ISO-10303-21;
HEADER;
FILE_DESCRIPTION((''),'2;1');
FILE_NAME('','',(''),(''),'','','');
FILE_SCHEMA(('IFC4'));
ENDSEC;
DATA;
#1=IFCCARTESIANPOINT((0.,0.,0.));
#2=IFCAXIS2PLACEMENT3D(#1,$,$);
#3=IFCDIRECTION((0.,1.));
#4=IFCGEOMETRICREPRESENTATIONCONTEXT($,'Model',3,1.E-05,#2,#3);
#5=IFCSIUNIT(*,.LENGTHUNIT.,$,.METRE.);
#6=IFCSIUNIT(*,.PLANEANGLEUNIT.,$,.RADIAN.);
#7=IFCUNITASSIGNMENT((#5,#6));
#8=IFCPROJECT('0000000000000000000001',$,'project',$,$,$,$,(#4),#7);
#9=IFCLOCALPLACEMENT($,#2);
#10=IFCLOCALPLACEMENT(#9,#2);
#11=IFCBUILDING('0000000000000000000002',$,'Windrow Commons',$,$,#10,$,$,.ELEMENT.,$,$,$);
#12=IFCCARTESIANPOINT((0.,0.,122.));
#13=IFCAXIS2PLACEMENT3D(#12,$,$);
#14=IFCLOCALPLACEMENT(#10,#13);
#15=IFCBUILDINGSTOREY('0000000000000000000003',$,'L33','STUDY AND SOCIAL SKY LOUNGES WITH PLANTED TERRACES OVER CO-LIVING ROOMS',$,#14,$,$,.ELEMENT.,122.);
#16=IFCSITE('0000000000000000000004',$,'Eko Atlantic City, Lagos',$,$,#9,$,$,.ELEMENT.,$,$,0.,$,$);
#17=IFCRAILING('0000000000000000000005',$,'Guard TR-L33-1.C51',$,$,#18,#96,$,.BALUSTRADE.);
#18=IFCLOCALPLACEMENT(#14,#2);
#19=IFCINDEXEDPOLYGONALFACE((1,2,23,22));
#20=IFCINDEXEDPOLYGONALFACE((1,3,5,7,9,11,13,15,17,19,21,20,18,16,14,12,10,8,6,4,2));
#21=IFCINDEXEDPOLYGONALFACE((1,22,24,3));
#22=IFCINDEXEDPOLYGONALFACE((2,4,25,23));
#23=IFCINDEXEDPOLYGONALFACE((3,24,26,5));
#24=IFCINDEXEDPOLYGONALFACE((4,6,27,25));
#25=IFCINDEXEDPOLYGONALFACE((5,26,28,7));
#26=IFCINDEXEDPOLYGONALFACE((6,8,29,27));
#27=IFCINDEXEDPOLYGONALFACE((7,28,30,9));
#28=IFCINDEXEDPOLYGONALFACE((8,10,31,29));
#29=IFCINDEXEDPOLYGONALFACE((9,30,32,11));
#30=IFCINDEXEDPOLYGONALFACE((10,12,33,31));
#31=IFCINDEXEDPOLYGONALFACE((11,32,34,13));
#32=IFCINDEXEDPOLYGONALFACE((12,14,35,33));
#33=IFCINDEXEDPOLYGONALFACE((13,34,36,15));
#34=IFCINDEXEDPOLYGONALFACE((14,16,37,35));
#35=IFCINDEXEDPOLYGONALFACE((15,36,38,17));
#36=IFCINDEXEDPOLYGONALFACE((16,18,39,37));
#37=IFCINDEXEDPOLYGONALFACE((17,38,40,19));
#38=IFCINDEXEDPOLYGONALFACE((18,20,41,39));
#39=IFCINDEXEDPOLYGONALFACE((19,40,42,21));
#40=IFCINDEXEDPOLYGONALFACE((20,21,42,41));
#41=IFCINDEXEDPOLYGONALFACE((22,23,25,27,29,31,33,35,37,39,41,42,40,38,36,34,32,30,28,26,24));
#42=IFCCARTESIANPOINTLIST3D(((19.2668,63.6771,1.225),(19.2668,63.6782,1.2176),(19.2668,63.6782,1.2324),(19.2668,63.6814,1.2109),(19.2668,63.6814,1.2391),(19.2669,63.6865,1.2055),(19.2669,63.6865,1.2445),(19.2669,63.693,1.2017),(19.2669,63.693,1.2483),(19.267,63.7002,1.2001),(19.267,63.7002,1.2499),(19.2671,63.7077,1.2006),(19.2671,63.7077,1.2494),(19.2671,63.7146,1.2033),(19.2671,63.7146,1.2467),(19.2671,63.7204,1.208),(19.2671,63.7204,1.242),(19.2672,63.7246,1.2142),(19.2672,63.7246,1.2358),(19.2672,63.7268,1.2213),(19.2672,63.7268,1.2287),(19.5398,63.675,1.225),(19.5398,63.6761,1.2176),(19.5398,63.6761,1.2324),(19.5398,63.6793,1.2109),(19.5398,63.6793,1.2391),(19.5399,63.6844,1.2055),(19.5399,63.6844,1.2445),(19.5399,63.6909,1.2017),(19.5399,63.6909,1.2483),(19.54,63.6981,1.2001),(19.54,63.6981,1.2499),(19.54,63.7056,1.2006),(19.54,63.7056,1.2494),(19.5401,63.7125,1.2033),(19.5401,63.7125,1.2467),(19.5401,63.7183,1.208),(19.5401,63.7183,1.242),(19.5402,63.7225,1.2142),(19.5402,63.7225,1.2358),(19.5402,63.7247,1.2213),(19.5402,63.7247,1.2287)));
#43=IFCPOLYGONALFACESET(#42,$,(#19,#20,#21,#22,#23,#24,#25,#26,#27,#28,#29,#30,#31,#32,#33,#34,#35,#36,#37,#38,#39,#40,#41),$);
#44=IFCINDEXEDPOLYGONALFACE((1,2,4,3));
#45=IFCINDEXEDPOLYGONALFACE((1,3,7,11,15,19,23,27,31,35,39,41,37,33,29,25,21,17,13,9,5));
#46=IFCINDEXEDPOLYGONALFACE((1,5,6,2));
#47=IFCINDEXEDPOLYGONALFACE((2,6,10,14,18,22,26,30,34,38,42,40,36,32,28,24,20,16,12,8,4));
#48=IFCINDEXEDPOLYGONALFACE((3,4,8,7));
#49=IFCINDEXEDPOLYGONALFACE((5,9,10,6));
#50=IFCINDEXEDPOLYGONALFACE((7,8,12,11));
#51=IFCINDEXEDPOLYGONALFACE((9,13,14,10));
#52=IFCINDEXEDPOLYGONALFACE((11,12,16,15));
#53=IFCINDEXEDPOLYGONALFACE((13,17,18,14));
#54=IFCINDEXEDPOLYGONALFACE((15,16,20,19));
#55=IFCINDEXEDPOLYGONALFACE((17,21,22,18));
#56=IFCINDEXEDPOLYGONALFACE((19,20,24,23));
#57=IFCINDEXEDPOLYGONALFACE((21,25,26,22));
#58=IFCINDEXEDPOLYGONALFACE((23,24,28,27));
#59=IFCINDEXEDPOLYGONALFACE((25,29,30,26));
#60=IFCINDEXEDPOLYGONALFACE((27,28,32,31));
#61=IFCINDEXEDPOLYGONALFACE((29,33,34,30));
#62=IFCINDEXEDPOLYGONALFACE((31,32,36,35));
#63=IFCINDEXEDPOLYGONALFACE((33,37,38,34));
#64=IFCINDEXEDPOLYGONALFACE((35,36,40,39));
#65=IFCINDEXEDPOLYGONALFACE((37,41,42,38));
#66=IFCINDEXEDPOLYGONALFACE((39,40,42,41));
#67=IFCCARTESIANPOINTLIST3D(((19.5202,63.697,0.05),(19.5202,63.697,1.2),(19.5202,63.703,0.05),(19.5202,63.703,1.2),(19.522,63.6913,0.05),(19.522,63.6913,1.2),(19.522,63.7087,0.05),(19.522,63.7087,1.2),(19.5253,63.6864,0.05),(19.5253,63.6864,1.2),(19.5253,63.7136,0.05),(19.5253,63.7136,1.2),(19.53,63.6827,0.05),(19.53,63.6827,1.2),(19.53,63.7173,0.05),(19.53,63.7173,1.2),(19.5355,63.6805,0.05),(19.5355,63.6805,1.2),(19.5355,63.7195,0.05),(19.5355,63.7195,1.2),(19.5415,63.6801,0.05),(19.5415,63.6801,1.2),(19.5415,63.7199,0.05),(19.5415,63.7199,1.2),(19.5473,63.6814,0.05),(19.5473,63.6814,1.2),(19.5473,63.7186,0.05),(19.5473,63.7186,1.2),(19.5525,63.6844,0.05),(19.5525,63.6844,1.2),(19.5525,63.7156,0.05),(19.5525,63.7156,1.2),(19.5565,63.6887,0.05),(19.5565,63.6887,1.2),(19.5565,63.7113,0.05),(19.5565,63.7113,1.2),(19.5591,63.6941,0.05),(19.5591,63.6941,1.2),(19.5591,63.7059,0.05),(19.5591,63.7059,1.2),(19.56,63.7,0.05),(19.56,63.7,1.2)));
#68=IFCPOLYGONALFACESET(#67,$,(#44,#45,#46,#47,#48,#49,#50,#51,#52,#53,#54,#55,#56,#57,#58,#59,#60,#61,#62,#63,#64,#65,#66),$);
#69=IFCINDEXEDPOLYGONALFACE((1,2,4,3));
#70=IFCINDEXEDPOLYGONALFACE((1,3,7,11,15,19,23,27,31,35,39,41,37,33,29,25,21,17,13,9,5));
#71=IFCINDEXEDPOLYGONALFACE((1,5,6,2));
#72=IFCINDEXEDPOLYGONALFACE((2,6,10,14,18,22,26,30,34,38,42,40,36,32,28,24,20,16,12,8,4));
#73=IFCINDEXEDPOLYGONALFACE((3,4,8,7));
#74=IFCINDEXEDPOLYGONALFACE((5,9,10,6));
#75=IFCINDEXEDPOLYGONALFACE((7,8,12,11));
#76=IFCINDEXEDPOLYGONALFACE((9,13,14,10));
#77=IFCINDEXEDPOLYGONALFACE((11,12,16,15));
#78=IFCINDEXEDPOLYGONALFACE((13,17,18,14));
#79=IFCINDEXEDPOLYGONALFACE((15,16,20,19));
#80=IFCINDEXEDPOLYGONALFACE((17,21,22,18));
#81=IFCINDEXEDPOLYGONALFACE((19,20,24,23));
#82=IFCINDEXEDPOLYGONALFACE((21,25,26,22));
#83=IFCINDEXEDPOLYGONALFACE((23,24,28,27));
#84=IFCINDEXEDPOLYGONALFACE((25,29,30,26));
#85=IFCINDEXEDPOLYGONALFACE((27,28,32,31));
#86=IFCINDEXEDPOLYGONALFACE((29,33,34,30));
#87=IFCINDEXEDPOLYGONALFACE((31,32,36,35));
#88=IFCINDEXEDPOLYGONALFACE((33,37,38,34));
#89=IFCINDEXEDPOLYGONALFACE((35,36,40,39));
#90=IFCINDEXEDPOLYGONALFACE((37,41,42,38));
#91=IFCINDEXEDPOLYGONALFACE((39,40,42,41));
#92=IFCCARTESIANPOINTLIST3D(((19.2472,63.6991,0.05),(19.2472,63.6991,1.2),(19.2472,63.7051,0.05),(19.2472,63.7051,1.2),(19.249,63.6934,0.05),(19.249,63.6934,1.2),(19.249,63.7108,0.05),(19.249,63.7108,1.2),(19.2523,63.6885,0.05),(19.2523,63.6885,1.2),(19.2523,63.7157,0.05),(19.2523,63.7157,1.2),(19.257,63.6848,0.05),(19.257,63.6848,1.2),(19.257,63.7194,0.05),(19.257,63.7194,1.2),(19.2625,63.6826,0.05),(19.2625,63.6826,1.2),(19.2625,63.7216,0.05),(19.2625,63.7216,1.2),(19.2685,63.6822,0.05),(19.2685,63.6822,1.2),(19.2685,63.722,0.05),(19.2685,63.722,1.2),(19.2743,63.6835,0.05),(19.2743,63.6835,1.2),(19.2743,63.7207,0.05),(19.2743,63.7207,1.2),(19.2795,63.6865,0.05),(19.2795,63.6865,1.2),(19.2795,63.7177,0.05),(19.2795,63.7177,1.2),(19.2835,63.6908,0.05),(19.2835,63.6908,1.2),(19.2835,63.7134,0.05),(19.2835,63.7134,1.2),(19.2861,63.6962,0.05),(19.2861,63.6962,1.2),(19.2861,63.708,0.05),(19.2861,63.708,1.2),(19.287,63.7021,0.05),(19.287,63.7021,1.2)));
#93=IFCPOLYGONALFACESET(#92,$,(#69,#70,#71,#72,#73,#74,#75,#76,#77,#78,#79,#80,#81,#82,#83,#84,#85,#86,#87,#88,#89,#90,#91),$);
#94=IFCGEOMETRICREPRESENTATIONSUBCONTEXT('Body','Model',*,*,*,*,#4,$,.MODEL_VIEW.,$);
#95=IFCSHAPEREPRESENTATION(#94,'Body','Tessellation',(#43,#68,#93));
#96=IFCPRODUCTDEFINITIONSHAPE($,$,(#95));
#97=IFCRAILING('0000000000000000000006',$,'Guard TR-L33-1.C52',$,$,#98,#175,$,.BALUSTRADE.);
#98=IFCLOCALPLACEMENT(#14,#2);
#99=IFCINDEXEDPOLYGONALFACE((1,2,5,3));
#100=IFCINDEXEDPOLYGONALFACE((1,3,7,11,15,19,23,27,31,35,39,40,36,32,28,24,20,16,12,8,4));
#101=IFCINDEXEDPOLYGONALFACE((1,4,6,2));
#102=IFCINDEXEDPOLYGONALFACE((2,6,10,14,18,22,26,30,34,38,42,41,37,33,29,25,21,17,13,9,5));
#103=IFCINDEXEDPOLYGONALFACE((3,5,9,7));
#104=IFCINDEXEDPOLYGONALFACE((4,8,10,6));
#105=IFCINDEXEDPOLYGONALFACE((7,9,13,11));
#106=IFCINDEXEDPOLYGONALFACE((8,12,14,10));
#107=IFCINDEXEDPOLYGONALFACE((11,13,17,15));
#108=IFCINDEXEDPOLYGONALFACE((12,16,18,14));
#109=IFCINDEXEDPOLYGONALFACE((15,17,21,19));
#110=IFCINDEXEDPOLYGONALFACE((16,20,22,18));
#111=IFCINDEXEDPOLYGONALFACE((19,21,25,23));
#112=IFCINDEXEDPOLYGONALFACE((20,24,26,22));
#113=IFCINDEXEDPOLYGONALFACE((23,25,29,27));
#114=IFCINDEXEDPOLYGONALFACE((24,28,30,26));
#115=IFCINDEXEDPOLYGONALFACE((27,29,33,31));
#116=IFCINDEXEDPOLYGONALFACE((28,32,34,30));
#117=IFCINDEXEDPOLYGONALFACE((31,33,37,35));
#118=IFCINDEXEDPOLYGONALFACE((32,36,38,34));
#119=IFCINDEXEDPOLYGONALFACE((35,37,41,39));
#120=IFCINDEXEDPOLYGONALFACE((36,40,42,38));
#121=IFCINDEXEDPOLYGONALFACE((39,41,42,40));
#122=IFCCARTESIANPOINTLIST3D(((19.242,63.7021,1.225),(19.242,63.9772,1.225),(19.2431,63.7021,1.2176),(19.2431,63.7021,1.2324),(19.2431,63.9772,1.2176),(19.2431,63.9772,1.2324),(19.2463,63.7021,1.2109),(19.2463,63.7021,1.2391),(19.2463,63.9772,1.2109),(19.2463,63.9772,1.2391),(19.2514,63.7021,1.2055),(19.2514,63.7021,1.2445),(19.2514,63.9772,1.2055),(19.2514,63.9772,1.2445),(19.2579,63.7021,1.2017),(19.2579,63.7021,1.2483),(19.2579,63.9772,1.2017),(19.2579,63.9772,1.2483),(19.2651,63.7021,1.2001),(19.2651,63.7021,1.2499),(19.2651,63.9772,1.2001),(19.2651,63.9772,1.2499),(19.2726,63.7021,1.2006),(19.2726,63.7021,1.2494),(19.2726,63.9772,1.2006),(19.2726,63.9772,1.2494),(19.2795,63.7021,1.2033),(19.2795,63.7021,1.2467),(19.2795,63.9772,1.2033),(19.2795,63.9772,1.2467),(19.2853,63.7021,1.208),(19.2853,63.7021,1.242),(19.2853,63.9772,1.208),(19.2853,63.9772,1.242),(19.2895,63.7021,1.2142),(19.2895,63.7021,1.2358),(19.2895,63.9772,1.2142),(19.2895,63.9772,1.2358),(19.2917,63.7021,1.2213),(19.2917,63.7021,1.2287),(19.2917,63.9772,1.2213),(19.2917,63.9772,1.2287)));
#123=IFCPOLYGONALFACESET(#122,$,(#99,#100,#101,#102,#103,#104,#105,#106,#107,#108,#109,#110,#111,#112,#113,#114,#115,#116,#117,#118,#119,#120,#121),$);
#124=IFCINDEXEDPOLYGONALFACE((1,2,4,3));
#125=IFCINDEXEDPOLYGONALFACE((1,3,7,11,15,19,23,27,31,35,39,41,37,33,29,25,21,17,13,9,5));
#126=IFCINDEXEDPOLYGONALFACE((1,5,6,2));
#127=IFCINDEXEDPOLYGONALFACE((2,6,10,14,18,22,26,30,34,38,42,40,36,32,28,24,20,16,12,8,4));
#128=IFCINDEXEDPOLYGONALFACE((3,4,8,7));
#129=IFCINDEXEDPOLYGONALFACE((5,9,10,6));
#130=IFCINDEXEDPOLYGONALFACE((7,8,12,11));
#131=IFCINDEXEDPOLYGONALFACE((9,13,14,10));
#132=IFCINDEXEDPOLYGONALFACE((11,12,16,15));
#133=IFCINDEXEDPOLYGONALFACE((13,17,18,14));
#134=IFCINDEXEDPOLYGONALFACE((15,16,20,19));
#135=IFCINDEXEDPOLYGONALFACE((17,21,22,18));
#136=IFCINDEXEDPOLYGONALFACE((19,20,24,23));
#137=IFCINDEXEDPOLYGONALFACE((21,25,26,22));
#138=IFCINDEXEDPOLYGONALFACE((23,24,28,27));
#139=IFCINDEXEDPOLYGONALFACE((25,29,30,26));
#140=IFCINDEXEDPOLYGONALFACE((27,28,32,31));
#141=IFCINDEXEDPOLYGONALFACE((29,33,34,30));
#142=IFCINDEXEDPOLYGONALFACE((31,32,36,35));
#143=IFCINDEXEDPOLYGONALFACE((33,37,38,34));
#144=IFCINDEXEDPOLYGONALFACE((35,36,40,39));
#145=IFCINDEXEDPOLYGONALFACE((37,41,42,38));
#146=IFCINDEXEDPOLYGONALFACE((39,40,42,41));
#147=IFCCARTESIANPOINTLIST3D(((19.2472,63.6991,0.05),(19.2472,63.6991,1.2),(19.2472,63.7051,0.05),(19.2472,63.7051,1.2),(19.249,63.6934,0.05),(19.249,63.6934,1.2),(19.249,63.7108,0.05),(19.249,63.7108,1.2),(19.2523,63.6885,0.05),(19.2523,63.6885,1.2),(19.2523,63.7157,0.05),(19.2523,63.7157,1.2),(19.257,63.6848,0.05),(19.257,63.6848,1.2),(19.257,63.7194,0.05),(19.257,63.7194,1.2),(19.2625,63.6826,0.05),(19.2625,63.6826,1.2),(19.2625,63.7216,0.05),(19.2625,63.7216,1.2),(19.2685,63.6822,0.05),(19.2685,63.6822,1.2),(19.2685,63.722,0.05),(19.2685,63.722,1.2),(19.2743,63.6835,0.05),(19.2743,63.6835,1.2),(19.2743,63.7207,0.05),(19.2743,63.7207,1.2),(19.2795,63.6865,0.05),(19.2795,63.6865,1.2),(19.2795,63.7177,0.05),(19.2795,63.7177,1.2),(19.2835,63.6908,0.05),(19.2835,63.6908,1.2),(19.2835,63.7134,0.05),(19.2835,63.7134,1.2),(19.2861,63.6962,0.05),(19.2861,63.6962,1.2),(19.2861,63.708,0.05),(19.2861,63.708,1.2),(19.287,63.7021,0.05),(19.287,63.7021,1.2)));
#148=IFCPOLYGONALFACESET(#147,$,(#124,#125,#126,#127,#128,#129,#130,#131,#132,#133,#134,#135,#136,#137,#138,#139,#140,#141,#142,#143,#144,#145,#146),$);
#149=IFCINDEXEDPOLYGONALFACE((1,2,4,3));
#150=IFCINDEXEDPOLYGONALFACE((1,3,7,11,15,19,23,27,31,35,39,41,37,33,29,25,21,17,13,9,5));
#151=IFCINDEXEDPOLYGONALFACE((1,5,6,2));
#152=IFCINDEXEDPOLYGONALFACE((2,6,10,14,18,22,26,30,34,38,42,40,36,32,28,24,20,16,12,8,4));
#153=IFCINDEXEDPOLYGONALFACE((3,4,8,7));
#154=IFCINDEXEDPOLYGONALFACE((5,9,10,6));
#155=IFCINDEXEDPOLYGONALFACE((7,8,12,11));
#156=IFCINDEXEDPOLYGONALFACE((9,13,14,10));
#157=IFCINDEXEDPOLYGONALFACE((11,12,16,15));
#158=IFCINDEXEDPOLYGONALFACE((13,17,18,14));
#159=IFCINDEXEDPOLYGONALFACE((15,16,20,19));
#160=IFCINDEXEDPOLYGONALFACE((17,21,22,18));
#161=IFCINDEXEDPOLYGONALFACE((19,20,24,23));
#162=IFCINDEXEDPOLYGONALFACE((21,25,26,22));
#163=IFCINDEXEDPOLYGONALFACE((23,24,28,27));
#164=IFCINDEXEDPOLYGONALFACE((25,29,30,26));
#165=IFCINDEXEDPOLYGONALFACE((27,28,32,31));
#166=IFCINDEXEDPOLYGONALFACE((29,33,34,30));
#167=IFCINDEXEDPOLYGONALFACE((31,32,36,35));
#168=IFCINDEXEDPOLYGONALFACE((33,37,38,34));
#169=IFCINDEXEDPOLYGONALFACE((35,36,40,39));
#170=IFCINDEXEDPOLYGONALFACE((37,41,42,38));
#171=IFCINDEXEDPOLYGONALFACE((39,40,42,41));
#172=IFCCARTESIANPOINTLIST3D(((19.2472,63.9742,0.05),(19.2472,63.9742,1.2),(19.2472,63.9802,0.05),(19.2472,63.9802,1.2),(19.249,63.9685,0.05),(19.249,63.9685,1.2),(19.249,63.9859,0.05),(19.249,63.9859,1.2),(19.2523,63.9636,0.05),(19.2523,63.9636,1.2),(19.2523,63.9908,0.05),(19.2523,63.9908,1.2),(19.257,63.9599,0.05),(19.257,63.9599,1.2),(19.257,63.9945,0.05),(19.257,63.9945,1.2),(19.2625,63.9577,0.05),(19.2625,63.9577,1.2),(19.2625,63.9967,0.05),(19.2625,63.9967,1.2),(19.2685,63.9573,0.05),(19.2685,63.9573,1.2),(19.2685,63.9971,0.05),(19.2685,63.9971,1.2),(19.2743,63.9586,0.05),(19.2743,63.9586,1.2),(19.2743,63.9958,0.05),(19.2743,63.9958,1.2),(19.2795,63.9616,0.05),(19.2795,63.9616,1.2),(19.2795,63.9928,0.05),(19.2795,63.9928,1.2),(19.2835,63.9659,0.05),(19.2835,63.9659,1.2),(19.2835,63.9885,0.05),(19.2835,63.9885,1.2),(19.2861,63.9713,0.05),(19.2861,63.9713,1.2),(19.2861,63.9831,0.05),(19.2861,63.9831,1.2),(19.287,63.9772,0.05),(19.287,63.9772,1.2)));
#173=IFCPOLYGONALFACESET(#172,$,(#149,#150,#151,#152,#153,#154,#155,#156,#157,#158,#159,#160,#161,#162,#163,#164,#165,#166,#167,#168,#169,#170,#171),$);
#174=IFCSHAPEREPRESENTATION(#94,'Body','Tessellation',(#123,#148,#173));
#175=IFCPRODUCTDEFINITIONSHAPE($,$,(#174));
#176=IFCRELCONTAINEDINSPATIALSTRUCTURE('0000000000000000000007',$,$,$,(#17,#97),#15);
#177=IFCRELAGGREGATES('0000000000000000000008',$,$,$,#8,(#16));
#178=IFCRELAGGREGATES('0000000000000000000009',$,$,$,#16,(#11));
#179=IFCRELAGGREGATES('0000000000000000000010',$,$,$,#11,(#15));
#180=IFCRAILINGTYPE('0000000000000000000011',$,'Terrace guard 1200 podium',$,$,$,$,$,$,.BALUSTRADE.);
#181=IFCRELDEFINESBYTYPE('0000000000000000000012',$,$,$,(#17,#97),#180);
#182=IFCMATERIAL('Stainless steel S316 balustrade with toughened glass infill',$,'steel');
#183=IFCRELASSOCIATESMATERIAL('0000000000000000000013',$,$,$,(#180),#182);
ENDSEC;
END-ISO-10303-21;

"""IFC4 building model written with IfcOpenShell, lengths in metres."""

from ifc_helpers import new_model, si_unit, direction, frame, origin, origin_2d, place, context, subcontext, project, spatial, circle, extrude, material, type_object, element, save


model = new_model("IFC4")

# Units and contexts
model_context = context("Model", 3, precision=1e-05, world=origin(), true_north=direction((0.0, 1.0)))
body_context = subcontext(model_context, "Body", "Model", "MODEL_VIEW")
ifc_project = project(units=[si_unit("LENGTHUNIT", "METRE"), si_unit("PLANEANGLEUNIT", "RADIAN")], contexts=[model_context])

# Site, building, storey
site_placement = place(None, origin())
site = spatial("IfcSite", under=ifc_project, at=site_placement, Name="Eko Atlantic City, Lagos", CompositionType="ELEMENT", RefElevation=0.0)
building_placement = place(site_placement, origin())
building = spatial("IfcBuilding", under=site, at=building_placement, Name="Windrow Commons", CompositionType="ELEMENT")
storey_placement = place(building_placement, frame((0.0, 0.0, 122.0)))
storey = spatial("IfcBuildingStorey", under=building, at=storey_placement, Name="L33", Description="STUDY AND SOCIAL SKY LOUNGES WITH PLANTED TERRACES OVER CO-LIVING ROOMS", CompositionType="ELEMENT", Elevation=122.0)

# Railings
ifc_material_1 = material(Name="Stainless steel S316 balustrade with toughened glass infill", Category="steel")
railing_type = type_object("IfcRailingType", Name="Terrace guard 1200 podium", PredefinedType="BALUSTRADE", material=ifc_material_1)
railing_1_placement = place(storey_placement, frame((19.54, 63.7, 0.05)))
element("IfcRailing", 1, at=railing_1_placement, inside=storey, type_object=railing_type, Name="Guard TR-L33-1.C51", PredefinedType="BALUSTRADE", context=body_context, shape_type="SweptSolid", body=[
    extrude(circle(Radius=0.025, at=origin_2d()), frame((0.0, 0.0, 1.175), z_axis=(-0.99997, 0.007692, 0.0), x_axis=(-0.007692, -0.99997, 0.0)), (0.0, 0.0, 1.0), 0.273),
    extrude(circle(Radius=0.02, at=origin_2d()), origin(), (0.0, 0.0, 1.0), 1.15),
    extrude(circle(Radius=0.02, at=origin_2d()), frame((-0.273, 0.0021, 0.0)), (0.0, 0.0, 1.0), 1.15),
])
railing_2_placement = place(storey_placement, frame((19.267, 63.7021, 0.05)))
element("IfcRailing", 2, at=railing_2_placement, inside=storey, type_object=railing_type, Name="Guard TR-L33-1.C52", PredefinedType="BALUSTRADE", context=body_context, shape_type="SweptSolid", body=[
    extrude(circle(Radius=0.025, at=origin_2d()), frame((0.0, 0.0, 1.175), z_axis=(0.0, 1.0, 0.0), x_axis=(-1.0, 0.0, 0.0)), (0.0, 0.0, 1.0), 0.2751),
    extrude(circle(Radius=0.02, at=origin_2d()), origin(), (0.0, 0.0, 1.0), 1.15),
    extrude(circle(Radius=0.02, at=origin_2d()), frame((0.0, 0.2751, 0.0)), (0.0, 0.0, 1.0), 1.15),
])

save(model, "model.ifc")
